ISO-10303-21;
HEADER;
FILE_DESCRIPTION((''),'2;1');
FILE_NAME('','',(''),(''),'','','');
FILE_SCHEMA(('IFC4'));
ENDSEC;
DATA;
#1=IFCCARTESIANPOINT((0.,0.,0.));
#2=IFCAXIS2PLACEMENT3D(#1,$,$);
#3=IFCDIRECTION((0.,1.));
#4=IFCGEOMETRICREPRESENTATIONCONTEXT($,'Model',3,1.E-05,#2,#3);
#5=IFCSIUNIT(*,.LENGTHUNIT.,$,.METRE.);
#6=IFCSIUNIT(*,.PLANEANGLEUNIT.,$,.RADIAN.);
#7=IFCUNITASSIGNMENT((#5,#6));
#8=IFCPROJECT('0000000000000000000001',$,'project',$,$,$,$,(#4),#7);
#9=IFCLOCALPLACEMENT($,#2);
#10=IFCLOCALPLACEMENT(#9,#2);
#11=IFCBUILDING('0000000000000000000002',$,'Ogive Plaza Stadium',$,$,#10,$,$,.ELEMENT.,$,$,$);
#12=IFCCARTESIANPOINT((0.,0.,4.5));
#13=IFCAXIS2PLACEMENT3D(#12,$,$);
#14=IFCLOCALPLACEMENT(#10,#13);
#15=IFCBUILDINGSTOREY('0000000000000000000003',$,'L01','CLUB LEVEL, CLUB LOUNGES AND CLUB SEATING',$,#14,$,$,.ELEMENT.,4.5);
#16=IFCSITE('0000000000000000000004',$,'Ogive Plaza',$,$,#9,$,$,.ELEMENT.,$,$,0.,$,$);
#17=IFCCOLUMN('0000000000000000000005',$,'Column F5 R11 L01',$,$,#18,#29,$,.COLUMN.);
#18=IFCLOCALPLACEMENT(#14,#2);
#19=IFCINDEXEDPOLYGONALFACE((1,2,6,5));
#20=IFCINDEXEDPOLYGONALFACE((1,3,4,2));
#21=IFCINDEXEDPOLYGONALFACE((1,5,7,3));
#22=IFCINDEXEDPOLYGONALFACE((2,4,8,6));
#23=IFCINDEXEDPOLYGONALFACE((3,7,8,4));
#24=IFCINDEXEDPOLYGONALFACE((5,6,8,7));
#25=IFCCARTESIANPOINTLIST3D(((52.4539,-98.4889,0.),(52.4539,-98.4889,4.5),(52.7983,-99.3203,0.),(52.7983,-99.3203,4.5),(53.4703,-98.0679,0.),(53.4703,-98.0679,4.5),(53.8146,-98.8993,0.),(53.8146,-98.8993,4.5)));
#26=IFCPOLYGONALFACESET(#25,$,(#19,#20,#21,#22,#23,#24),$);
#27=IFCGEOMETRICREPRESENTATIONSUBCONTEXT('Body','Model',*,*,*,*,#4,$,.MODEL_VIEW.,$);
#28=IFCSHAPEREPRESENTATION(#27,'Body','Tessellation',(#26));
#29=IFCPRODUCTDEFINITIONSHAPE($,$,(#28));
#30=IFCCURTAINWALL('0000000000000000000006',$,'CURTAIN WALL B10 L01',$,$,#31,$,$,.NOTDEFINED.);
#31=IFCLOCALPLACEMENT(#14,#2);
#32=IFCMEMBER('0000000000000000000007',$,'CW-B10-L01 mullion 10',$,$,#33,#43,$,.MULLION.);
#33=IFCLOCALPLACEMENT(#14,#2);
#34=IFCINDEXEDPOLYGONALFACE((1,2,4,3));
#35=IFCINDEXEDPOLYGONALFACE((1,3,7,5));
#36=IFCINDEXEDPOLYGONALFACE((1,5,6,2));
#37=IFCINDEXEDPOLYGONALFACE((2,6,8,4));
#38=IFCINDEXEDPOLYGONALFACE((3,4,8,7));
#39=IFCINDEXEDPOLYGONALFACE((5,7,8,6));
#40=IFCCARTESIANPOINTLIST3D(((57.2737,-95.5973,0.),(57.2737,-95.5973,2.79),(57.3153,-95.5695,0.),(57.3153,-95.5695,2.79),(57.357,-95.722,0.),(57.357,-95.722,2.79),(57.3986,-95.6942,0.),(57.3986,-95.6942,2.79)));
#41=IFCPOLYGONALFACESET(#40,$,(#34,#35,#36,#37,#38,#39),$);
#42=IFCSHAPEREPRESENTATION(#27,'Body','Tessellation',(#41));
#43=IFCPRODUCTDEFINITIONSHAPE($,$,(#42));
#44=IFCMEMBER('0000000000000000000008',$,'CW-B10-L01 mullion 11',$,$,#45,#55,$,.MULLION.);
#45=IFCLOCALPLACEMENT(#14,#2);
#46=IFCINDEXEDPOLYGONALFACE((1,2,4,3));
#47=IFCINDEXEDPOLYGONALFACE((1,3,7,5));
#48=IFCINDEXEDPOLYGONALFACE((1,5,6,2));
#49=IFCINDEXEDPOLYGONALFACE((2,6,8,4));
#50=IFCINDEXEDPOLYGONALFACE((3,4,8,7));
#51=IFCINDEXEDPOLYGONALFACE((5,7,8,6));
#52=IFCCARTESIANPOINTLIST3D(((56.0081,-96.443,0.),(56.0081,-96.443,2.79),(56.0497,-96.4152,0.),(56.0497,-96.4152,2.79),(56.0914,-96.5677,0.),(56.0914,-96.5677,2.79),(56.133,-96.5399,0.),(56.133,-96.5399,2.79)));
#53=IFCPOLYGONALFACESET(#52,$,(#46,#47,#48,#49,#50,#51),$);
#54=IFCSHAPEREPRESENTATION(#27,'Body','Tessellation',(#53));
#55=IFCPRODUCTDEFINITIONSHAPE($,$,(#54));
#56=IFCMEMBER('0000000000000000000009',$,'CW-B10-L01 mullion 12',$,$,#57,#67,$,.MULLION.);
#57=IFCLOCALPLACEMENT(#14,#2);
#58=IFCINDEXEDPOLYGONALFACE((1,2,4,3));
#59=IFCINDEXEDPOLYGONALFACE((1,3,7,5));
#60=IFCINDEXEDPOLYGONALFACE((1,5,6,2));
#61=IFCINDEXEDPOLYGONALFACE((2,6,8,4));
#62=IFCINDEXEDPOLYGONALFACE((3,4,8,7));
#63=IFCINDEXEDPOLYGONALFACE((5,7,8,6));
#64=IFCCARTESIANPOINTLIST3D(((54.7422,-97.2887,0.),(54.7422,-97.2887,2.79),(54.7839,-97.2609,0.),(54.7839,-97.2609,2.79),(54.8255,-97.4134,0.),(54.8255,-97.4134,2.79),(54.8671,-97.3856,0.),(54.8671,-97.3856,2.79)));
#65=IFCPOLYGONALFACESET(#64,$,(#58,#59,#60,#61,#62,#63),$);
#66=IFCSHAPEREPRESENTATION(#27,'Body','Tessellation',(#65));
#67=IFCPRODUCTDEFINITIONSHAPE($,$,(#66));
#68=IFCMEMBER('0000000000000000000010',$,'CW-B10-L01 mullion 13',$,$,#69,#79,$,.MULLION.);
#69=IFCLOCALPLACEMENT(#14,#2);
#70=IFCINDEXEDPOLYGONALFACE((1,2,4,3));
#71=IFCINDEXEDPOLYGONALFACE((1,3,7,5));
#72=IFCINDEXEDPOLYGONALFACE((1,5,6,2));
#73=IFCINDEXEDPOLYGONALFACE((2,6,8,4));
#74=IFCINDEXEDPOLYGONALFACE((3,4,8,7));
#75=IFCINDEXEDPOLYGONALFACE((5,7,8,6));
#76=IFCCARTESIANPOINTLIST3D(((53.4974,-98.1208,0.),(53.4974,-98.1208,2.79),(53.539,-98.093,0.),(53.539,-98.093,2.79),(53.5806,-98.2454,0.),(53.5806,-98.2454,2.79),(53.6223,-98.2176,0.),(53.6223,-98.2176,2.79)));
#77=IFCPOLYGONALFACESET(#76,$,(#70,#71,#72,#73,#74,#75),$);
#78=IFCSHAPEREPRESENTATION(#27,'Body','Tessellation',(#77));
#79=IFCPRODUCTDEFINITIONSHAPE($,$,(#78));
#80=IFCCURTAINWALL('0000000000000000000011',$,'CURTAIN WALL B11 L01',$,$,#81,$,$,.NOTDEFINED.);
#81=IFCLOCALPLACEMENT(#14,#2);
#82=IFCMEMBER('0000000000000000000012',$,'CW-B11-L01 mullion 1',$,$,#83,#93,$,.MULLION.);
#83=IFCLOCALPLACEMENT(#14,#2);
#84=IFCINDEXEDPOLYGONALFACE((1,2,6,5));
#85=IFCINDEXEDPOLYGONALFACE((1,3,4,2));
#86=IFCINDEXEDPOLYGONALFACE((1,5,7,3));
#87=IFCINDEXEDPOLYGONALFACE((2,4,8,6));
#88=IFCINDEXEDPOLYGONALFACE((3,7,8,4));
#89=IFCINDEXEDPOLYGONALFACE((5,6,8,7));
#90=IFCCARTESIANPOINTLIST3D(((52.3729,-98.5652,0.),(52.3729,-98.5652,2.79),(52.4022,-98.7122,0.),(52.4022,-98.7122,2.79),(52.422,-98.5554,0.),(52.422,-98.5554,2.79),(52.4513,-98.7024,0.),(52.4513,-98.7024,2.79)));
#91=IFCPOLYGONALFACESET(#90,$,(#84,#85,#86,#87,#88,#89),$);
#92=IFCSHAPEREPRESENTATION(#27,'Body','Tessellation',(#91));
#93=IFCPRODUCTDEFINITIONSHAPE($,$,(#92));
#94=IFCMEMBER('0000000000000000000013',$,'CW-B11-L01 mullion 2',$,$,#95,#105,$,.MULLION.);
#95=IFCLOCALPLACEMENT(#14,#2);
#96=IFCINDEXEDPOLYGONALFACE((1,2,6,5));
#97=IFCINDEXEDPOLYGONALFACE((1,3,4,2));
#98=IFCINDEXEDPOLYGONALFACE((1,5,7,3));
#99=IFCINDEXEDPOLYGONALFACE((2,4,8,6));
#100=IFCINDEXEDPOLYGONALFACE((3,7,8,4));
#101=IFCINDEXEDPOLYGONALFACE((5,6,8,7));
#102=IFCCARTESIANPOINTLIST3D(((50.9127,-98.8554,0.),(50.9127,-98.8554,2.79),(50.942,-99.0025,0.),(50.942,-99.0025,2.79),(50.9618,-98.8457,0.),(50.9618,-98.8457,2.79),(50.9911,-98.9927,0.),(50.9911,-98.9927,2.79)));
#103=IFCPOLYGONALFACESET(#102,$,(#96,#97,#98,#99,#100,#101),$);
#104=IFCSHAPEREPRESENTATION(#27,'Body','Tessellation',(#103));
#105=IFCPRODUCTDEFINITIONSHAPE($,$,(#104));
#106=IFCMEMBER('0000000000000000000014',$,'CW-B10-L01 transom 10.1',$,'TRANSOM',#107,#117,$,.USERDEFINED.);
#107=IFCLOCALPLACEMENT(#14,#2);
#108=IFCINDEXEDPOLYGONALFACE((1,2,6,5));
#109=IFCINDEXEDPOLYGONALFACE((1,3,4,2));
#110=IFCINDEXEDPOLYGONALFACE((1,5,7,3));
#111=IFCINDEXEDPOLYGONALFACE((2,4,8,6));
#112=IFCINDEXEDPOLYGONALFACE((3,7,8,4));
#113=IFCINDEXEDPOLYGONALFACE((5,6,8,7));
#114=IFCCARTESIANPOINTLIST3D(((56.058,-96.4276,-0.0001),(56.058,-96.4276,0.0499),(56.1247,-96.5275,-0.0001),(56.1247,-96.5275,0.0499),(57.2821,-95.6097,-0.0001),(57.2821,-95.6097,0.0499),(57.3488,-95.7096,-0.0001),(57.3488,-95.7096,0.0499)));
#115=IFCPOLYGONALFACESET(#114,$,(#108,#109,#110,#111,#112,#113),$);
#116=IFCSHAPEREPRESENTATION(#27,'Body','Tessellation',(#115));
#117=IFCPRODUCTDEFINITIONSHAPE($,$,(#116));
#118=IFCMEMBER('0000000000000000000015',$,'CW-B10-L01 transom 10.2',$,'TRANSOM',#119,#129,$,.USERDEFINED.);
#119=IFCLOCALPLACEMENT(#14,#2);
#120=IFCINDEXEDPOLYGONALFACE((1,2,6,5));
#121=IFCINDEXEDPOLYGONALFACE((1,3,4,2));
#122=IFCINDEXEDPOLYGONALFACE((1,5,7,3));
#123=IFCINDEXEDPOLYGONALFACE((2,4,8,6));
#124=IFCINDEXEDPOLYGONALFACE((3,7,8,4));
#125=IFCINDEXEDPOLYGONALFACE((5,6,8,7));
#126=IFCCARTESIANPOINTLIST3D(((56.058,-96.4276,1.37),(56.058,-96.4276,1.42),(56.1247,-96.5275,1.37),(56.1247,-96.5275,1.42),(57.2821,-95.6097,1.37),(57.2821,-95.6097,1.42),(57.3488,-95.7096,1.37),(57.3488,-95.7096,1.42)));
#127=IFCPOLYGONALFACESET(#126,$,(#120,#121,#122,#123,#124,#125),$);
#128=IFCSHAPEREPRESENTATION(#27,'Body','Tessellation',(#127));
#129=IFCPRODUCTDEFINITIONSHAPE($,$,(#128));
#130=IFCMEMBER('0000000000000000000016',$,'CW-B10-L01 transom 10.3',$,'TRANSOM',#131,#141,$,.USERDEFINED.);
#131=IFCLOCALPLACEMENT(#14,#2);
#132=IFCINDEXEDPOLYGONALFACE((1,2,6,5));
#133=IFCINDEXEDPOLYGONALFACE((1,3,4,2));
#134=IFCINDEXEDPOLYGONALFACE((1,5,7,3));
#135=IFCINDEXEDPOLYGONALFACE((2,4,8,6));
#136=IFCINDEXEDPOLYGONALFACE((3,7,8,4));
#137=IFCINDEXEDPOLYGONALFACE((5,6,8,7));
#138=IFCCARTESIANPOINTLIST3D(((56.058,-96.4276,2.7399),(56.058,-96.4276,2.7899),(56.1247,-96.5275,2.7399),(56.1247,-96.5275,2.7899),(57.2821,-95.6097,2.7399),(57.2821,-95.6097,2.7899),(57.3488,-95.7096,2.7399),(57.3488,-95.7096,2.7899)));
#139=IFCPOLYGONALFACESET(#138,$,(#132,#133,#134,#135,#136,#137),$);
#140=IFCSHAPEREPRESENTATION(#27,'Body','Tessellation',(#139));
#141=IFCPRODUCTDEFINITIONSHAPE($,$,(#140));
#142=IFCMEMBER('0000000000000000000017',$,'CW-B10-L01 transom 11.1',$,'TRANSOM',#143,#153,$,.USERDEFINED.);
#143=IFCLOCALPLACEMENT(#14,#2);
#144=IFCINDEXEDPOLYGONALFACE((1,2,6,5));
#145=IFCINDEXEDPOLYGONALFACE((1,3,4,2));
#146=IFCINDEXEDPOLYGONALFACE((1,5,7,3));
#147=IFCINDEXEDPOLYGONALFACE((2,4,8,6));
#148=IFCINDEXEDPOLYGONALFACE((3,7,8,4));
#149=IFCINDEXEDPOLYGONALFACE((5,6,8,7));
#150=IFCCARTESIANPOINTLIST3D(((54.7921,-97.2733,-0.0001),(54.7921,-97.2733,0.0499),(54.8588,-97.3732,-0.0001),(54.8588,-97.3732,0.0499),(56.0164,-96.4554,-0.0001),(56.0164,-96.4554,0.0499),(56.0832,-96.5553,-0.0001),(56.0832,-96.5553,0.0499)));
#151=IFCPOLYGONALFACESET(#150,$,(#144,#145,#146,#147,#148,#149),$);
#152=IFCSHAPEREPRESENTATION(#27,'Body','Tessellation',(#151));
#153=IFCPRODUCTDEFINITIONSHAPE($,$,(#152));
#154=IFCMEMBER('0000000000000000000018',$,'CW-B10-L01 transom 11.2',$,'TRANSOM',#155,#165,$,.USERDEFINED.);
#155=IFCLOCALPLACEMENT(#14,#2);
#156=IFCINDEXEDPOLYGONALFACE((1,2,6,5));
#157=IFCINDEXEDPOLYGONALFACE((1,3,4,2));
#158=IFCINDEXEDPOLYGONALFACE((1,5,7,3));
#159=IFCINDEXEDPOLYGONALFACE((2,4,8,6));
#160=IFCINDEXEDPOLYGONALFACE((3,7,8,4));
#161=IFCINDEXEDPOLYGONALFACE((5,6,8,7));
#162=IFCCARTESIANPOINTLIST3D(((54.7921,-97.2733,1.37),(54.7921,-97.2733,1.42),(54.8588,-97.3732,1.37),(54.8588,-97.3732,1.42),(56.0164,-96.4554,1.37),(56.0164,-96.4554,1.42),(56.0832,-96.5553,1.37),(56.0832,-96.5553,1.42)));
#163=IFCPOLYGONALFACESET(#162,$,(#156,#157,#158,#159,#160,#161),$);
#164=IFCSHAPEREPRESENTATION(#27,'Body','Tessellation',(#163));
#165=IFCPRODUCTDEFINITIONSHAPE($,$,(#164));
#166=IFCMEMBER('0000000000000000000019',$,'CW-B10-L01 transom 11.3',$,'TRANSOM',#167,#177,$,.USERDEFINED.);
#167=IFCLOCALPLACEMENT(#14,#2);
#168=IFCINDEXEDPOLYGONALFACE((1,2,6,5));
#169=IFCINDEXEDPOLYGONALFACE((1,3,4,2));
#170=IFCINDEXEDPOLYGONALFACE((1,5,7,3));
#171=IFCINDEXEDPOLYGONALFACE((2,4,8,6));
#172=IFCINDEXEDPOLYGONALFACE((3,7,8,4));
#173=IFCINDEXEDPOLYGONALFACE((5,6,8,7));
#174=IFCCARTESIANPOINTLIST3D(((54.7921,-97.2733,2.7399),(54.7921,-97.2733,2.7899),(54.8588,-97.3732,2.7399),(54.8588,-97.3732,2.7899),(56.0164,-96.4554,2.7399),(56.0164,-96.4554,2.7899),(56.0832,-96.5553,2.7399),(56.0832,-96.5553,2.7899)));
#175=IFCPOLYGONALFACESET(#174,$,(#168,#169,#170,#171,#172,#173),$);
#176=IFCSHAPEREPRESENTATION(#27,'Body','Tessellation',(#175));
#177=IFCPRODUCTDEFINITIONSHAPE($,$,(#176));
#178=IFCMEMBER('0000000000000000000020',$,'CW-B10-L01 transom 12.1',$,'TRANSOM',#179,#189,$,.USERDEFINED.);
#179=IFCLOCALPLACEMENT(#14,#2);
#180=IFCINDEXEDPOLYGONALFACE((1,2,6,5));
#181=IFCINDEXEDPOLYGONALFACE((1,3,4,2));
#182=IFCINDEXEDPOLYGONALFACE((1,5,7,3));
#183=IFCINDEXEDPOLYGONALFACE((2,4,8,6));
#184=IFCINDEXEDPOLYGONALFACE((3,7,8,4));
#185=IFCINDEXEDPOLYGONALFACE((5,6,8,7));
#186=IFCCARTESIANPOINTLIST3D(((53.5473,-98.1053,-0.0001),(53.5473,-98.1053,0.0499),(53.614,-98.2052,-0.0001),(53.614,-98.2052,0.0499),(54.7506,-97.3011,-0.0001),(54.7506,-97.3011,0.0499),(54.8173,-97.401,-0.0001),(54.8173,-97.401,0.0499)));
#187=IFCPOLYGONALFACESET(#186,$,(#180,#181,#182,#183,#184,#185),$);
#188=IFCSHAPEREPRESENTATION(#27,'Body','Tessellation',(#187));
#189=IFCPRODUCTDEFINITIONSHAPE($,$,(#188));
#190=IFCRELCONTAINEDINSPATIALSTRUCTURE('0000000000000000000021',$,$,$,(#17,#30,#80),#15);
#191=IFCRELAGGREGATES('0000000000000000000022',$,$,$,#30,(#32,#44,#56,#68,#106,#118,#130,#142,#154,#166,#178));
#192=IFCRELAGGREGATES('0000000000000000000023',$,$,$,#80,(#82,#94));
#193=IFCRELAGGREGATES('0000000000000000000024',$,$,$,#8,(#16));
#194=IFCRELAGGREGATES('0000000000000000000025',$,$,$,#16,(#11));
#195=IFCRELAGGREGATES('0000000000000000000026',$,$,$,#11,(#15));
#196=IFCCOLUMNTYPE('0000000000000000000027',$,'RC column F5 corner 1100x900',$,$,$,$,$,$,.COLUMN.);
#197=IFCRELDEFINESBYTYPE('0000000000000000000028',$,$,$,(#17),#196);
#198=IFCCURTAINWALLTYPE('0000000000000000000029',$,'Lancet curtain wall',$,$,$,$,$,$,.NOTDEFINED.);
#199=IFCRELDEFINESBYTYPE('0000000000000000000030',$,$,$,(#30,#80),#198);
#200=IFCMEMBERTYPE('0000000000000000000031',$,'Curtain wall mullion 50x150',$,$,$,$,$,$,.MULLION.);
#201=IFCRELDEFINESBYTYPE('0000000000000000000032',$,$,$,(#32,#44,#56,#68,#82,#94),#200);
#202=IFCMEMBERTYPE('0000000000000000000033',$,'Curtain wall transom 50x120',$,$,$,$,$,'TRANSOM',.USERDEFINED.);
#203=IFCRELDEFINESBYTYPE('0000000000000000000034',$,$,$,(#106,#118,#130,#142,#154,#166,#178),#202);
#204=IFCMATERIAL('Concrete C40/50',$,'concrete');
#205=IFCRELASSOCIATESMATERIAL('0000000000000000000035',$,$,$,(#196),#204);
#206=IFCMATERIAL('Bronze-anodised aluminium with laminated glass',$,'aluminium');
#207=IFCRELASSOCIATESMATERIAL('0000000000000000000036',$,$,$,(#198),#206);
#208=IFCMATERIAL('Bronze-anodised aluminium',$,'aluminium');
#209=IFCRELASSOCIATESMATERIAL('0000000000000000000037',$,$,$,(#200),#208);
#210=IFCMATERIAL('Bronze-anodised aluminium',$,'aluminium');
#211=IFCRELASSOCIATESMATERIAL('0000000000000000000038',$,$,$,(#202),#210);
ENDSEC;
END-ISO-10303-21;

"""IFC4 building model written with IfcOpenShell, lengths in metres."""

from ifc_helpers import new_model, si_unit, direction, frame, origin, origin_2d, place, context, subcontext, project, spatial, rectangle, extrude, material, material_profile, profile_set, type_object, element, aggregate, save


model = new_model("IFC4")

# Units and contexts
model_context = context("Model", 3, precision=1e-05, world=origin(), true_north=direction((0.0, 1.0)))
body_context = subcontext(model_context, "Body", "Model", "MODEL_VIEW")
ifc_project = project(units=[si_unit("LENGTHUNIT", "METRE"), si_unit("PLANEANGLEUNIT", "RADIAN")], contexts=[model_context])

# Site, building, storey
site_placement = place(None, origin())
site = spatial("IfcSite", under=ifc_project, at=site_placement, Name="Ogive Plaza", CompositionType="ELEMENT", RefElevation=0.0)
building_placement = place(site_placement, origin())
building = spatial("IfcBuilding", under=site, at=building_placement, Name="Ogive Plaza Stadium", CompositionType="ELEMENT")
storey_placement = place(building_placement, frame((0.0, 0.0, 4.5)))
storey = spatial("IfcBuildingStorey", under=building, at=storey_placement, Name="L01", Description="CLUB LEVEL, CLUB LOUNGES AND CLUB SEATING", CompositionType="ELEMENT", Elevation=4.5)

# Column
ifc_material_1 = material(Name="Concrete C40/50", Category="concrete")
ifc_material_profile_1 = material_profile(ifc_material_1, rectangle(XDim=1.1001, YDim=0.8999, at=origin_2d()), Name="RC 1100x900")
ifc_profile_set_1 = profile_set([ifc_material_profile_1], Name="Concrete C40/50")
column_type = type_object("IfcColumnType", Name="RC column F5 corner 1100x900", PredefinedType="COLUMN", material=ifc_profile_set_1)
column_placement = place(storey_placement, frame((53.1343, -98.6941, 0.0), z_axis=(0.0, 0.0, 1.0), x_axis=(0.92388, 0.382683, 0.0)))
element("IfcColumn", 1, at=column_placement, inside=storey, type_object=column_type, Name="Column F5 R11 L01", PredefinedType="COLUMN", context=body_context, shape_type="SweptSolid", body=[
    extrude(rectangle(XDim=1.1001, YDim=0.8999, at=origin_2d()), origin(), (0.0, 0.0, 1.0), 4.5),
])

# Curtain walls, members
ifc_material_2 = material(Name="Bronze-anodised aluminium with laminated glass", Category="aluminium")
curtain_wall_type = type_object("IfcCurtainWallType", Name="Lancet curtain wall", PredefinedType="NOTDEFINED", material=ifc_material_2)
curtain_wall_1_placement = place(storey_placement, origin())
curtain_wall_1 = element("IfcCurtainWall", 2, at=curtain_wall_1_placement, inside=storey, type_object=curtain_wall_type, Name="CURTAIN WALL B10 L01", PredefinedType="NOTDEFINED")
ifc_material_3 = material(Name="Bronze-anodised aluminium", Category="aluminium")
ifc_material_profile_2 = material_profile(ifc_material_3, rectangle(XDim=0.1499, YDim=0.05, at=origin_2d()), Name="AL 150x50")
ifc_profile_set_2 = profile_set([ifc_material_profile_2], Name="Bronze-anodised aluminium")
member_type_1 = type_object("IfcMemberType", Name="Curtain wall mullion 50x150", PredefinedType="MULLION", material=ifc_profile_set_2)
member_1_placement = place(storey_placement, frame((57.3362, -95.6458, 0.0), z_axis=(0.0, 0.0, 1.0), x_axis=(0.55557, -0.83147, 0.0)))
member_1 = element("IfcMember", 3, at=member_1_placement, type_object=member_type_1, Name="CW-B10-L01 mullion 10", PredefinedType="MULLION", context=body_context, shape_type="SweptSolid", body=[
    extrude(rectangle(XDim=0.1499, YDim=0.05, at=origin_2d()), origin(), (0.0, 0.0, 1.0), 2.79),
])
member_2_placement = place(storey_placement, frame((56.0706, -96.4915, 0.0), z_axis=(0.0, 0.0, 1.0), x_axis=(0.55557, -0.83147, 0.0)))
member_2 = element("IfcMember", 4, at=member_2_placement, type_object=member_type_1, Name="CW-B10-L01 mullion 11", PredefinedType="MULLION", context=body_context, shape_type="SweptSolid", body=[
    extrude(rectangle(XDim=0.1499, YDim=0.05, at=origin_2d()), origin(), (0.0, 0.0, 1.0), 2.79),
])
member_3_placement = place(storey_placement, frame((54.8047, -97.3372, 0.0), z_axis=(0.0, 0.0, 1.0), x_axis=(0.55557, -0.83147, 0.0)))
member_3 = element("IfcMember", 5, at=member_3_placement, type_object=member_type_1, Name="CW-B10-L01 mullion 12", PredefinedType="MULLION", context=body_context, shape_type="SweptSolid", body=[
    extrude(rectangle(XDim=0.1499, YDim=0.05, at=origin_2d()), origin(), (0.0, 0.0, 1.0), 2.79),
])
member_4_placement = place(storey_placement, frame((53.5598, -98.1692, 0.0), z_axis=(0.0, 0.0, 1.0), x_axis=(0.55557, -0.83147, 0.0)))
member_4 = element("IfcMember", 6, at=member_4_placement, type_object=member_type_1, Name="CW-B10-L01 mullion 13", PredefinedType="MULLION", context=body_context, shape_type="SweptSolid", body=[
    extrude(rectangle(XDim=0.1499, YDim=0.05, at=origin_2d()), origin(), (0.0, 0.0, 1.0), 2.79),
])
curtain_wall_2_placement = place(storey_placement, origin())
curtain_wall_2 = element("IfcCurtainWall", 7, at=curtain_wall_2_placement, inside=storey, type_object=curtain_wall_type, Name="CURTAIN WALL B11 L01", PredefinedType="NOTDEFINED")
member_5_placement = place(storey_placement, frame((52.4121, -98.6338, 0.0), z_axis=(0.0, 0.0, 1.0), x_axis=(0.19509, -0.980785, 0.0)))
member_5 = element("IfcMember", 8, at=member_5_placement, type_object=member_type_1, Name="CW-B11-L01 mullion 1", PredefinedType="MULLION", context=body_context, shape_type="SweptSolid", body=[
    extrude(rectangle(XDim=0.1499, YDim=0.05, at=origin_2d()), origin(), (0.0, 0.0, 1.0), 2.79),
])
member_6_placement = place(storey_placement, frame((50.9519, -98.9241, 0.0), z_axis=(0.0, 0.0, 1.0), x_axis=(0.19509, -0.980785, 0.0)))
member_6 = element("IfcMember", 9, at=member_6_placement, type_object=member_type_1, Name="CW-B11-L01 mullion 2", PredefinedType="MULLION", context=body_context, shape_type="SweptSolid", body=[
    extrude(rectangle(XDim=0.1499, YDim=0.05, at=origin_2d()), origin(), (0.0, 0.0, 1.0), 2.79),
])

# Members
ifc_material_4 = material(Name="Bronze-anodised aluminium", Category="aluminium")
ifc_material_profile_3 = material_profile(ifc_material_4, rectangle(XDim=0.1201, YDim=0.05, at=origin_2d()), Name="AL 120x50")
ifc_profile_set_3 = profile_set([ifc_material_profile_3], Name="Bronze-anodised aluminium")
member_type_2 = type_object("IfcMemberType", Name="Curtain wall transom 50x120", ElementType="TRANSOM", PredefinedType="USERDEFINED", material=ifc_profile_set_3)
member_7_placement = place(storey_placement, frame((57.3154, -95.6597, 0.0249), z_axis=(-0.831489, -0.555542, 0.0), x_axis=(0.555542, -0.831489, 0.0)))
member_7 = element("IfcMember", 10, at=member_7_placement, type_object=member_type_2, Name="CW-B10-L01 transom 10.1", ObjectType="TRANSOM", PredefinedType="USERDEFINED", context=body_context, shape_type="SweptSolid", body=[
    extrude(rectangle(XDim=0.1201, YDim=0.05, at=origin_2d()), origin(), (0.0, 0.0, 1.0), 1.4722),
])
member_8_placement = place(storey_placement, frame((57.3154, -95.6597, 1.395), z_axis=(-0.831489, -0.555542, 0.0), x_axis=(0.555542, -0.831489, 0.0)))
member_8 = element("IfcMember", 11, at=member_8_placement, type_object=member_type_2, Name="CW-B10-L01 transom 10.2", ObjectType="TRANSOM", PredefinedType="USERDEFINED", context=body_context, shape_type="SweptSolid", body=[
    extrude(rectangle(XDim=0.1201, YDim=0.05, at=origin_2d()), origin(), (0.0, 0.0, 1.0), 1.4722),
])
member_9_placement = place(storey_placement, frame((57.3154, -95.6597, 2.7649), z_axis=(-0.831489, -0.555542, 0.0), x_axis=(0.555542, -0.831489, 0.0)))
member_9 = element("IfcMember", 12, at=member_9_placement, type_object=member_type_2, Name="CW-B10-L01 transom 10.3", ObjectType="TRANSOM", PredefinedType="USERDEFINED", context=body_context, shape_type="SweptSolid", body=[
    extrude(rectangle(XDim=0.1201, YDim=0.05, at=origin_2d()), origin(), (0.0, 0.0, 1.0), 1.4722),
])
member_10_placement = place(storey_placement, frame((56.0498, -96.5054, 0.0249), z_axis=(-0.83154, -0.555465, 0.0), x_axis=(0.555465, -0.83154, 0.0)))
member_10 = element("IfcMember", 13, at=member_10_placement, type_object=member_type_2, Name="CW-B10-L01 transom 11.1", ObjectType="TRANSOM", PredefinedType="USERDEFINED", context=body_context, shape_type="SweptSolid", body=[
    extrude(rectangle(XDim=0.1201, YDim=0.05, at=origin_2d()), origin(), (0.0, 0.0, 1.0), 1.4724),
])
member_11_placement = place(storey_placement, frame((56.0498, -96.5054, 1.395), z_axis=(-0.83154, -0.555465, 0.0), x_axis=(0.555465, -0.83154, 0.0)))
member_11 = element("IfcMember", 14, at=member_11_placement, type_object=member_type_2, Name="CW-B10-L01 transom 11.2", ObjectType="TRANSOM", PredefinedType="USERDEFINED", context=body_context, shape_type="SweptSolid", body=[
    extrude(rectangle(XDim=0.1201, YDim=0.05, at=origin_2d()), origin(), (0.0, 0.0, 1.0), 1.4724),
])
member_12_placement = place(storey_placement, frame((56.0498, -96.5054, 2.7649), z_axis=(-0.83154, -0.555465, 0.0), x_axis=(0.555465, -0.83154, 0.0)))
member_12 = element("IfcMember", 15, at=member_12_placement, type_object=member_type_2, Name="CW-B10-L01 transom 11.3", ObjectType="TRANSOM", PredefinedType="USERDEFINED", context=body_context, shape_type="SweptSolid", body=[
    extrude(rectangle(XDim=0.1201, YDim=0.05, at=origin_2d()), origin(), (0.0, 0.0, 1.0), 1.4724),
])
member_13_placement = place(storey_placement, frame((54.7839, -97.3511, 0.0249), z_axis=(-0.831427, -0.555634, 0.0), x_axis=(0.555634, -0.831427, 0.0)))
member_13 = element("IfcMember", 16, at=member_13_placement, type_object=member_type_2, Name="CW-B10-L01 transom 12.1", ObjectType="TRANSOM", PredefinedType="USERDEFINED", context=body_context, shape_type="SweptSolid", body=[
    extrude(rectangle(XDim=0.1201, YDim=0.05, at=origin_2d()), origin(), (0.0, 0.0, 1.0), 1.4473),
])

aggregate(curtain_wall_1, [member_1, member_2, member_3, member_4, member_7, member_8, member_9, member_10, member_11, member_12, member_13])
aggregate(curtain_wall_2, [member_5, member_6])

save(model, "model.ifc")
